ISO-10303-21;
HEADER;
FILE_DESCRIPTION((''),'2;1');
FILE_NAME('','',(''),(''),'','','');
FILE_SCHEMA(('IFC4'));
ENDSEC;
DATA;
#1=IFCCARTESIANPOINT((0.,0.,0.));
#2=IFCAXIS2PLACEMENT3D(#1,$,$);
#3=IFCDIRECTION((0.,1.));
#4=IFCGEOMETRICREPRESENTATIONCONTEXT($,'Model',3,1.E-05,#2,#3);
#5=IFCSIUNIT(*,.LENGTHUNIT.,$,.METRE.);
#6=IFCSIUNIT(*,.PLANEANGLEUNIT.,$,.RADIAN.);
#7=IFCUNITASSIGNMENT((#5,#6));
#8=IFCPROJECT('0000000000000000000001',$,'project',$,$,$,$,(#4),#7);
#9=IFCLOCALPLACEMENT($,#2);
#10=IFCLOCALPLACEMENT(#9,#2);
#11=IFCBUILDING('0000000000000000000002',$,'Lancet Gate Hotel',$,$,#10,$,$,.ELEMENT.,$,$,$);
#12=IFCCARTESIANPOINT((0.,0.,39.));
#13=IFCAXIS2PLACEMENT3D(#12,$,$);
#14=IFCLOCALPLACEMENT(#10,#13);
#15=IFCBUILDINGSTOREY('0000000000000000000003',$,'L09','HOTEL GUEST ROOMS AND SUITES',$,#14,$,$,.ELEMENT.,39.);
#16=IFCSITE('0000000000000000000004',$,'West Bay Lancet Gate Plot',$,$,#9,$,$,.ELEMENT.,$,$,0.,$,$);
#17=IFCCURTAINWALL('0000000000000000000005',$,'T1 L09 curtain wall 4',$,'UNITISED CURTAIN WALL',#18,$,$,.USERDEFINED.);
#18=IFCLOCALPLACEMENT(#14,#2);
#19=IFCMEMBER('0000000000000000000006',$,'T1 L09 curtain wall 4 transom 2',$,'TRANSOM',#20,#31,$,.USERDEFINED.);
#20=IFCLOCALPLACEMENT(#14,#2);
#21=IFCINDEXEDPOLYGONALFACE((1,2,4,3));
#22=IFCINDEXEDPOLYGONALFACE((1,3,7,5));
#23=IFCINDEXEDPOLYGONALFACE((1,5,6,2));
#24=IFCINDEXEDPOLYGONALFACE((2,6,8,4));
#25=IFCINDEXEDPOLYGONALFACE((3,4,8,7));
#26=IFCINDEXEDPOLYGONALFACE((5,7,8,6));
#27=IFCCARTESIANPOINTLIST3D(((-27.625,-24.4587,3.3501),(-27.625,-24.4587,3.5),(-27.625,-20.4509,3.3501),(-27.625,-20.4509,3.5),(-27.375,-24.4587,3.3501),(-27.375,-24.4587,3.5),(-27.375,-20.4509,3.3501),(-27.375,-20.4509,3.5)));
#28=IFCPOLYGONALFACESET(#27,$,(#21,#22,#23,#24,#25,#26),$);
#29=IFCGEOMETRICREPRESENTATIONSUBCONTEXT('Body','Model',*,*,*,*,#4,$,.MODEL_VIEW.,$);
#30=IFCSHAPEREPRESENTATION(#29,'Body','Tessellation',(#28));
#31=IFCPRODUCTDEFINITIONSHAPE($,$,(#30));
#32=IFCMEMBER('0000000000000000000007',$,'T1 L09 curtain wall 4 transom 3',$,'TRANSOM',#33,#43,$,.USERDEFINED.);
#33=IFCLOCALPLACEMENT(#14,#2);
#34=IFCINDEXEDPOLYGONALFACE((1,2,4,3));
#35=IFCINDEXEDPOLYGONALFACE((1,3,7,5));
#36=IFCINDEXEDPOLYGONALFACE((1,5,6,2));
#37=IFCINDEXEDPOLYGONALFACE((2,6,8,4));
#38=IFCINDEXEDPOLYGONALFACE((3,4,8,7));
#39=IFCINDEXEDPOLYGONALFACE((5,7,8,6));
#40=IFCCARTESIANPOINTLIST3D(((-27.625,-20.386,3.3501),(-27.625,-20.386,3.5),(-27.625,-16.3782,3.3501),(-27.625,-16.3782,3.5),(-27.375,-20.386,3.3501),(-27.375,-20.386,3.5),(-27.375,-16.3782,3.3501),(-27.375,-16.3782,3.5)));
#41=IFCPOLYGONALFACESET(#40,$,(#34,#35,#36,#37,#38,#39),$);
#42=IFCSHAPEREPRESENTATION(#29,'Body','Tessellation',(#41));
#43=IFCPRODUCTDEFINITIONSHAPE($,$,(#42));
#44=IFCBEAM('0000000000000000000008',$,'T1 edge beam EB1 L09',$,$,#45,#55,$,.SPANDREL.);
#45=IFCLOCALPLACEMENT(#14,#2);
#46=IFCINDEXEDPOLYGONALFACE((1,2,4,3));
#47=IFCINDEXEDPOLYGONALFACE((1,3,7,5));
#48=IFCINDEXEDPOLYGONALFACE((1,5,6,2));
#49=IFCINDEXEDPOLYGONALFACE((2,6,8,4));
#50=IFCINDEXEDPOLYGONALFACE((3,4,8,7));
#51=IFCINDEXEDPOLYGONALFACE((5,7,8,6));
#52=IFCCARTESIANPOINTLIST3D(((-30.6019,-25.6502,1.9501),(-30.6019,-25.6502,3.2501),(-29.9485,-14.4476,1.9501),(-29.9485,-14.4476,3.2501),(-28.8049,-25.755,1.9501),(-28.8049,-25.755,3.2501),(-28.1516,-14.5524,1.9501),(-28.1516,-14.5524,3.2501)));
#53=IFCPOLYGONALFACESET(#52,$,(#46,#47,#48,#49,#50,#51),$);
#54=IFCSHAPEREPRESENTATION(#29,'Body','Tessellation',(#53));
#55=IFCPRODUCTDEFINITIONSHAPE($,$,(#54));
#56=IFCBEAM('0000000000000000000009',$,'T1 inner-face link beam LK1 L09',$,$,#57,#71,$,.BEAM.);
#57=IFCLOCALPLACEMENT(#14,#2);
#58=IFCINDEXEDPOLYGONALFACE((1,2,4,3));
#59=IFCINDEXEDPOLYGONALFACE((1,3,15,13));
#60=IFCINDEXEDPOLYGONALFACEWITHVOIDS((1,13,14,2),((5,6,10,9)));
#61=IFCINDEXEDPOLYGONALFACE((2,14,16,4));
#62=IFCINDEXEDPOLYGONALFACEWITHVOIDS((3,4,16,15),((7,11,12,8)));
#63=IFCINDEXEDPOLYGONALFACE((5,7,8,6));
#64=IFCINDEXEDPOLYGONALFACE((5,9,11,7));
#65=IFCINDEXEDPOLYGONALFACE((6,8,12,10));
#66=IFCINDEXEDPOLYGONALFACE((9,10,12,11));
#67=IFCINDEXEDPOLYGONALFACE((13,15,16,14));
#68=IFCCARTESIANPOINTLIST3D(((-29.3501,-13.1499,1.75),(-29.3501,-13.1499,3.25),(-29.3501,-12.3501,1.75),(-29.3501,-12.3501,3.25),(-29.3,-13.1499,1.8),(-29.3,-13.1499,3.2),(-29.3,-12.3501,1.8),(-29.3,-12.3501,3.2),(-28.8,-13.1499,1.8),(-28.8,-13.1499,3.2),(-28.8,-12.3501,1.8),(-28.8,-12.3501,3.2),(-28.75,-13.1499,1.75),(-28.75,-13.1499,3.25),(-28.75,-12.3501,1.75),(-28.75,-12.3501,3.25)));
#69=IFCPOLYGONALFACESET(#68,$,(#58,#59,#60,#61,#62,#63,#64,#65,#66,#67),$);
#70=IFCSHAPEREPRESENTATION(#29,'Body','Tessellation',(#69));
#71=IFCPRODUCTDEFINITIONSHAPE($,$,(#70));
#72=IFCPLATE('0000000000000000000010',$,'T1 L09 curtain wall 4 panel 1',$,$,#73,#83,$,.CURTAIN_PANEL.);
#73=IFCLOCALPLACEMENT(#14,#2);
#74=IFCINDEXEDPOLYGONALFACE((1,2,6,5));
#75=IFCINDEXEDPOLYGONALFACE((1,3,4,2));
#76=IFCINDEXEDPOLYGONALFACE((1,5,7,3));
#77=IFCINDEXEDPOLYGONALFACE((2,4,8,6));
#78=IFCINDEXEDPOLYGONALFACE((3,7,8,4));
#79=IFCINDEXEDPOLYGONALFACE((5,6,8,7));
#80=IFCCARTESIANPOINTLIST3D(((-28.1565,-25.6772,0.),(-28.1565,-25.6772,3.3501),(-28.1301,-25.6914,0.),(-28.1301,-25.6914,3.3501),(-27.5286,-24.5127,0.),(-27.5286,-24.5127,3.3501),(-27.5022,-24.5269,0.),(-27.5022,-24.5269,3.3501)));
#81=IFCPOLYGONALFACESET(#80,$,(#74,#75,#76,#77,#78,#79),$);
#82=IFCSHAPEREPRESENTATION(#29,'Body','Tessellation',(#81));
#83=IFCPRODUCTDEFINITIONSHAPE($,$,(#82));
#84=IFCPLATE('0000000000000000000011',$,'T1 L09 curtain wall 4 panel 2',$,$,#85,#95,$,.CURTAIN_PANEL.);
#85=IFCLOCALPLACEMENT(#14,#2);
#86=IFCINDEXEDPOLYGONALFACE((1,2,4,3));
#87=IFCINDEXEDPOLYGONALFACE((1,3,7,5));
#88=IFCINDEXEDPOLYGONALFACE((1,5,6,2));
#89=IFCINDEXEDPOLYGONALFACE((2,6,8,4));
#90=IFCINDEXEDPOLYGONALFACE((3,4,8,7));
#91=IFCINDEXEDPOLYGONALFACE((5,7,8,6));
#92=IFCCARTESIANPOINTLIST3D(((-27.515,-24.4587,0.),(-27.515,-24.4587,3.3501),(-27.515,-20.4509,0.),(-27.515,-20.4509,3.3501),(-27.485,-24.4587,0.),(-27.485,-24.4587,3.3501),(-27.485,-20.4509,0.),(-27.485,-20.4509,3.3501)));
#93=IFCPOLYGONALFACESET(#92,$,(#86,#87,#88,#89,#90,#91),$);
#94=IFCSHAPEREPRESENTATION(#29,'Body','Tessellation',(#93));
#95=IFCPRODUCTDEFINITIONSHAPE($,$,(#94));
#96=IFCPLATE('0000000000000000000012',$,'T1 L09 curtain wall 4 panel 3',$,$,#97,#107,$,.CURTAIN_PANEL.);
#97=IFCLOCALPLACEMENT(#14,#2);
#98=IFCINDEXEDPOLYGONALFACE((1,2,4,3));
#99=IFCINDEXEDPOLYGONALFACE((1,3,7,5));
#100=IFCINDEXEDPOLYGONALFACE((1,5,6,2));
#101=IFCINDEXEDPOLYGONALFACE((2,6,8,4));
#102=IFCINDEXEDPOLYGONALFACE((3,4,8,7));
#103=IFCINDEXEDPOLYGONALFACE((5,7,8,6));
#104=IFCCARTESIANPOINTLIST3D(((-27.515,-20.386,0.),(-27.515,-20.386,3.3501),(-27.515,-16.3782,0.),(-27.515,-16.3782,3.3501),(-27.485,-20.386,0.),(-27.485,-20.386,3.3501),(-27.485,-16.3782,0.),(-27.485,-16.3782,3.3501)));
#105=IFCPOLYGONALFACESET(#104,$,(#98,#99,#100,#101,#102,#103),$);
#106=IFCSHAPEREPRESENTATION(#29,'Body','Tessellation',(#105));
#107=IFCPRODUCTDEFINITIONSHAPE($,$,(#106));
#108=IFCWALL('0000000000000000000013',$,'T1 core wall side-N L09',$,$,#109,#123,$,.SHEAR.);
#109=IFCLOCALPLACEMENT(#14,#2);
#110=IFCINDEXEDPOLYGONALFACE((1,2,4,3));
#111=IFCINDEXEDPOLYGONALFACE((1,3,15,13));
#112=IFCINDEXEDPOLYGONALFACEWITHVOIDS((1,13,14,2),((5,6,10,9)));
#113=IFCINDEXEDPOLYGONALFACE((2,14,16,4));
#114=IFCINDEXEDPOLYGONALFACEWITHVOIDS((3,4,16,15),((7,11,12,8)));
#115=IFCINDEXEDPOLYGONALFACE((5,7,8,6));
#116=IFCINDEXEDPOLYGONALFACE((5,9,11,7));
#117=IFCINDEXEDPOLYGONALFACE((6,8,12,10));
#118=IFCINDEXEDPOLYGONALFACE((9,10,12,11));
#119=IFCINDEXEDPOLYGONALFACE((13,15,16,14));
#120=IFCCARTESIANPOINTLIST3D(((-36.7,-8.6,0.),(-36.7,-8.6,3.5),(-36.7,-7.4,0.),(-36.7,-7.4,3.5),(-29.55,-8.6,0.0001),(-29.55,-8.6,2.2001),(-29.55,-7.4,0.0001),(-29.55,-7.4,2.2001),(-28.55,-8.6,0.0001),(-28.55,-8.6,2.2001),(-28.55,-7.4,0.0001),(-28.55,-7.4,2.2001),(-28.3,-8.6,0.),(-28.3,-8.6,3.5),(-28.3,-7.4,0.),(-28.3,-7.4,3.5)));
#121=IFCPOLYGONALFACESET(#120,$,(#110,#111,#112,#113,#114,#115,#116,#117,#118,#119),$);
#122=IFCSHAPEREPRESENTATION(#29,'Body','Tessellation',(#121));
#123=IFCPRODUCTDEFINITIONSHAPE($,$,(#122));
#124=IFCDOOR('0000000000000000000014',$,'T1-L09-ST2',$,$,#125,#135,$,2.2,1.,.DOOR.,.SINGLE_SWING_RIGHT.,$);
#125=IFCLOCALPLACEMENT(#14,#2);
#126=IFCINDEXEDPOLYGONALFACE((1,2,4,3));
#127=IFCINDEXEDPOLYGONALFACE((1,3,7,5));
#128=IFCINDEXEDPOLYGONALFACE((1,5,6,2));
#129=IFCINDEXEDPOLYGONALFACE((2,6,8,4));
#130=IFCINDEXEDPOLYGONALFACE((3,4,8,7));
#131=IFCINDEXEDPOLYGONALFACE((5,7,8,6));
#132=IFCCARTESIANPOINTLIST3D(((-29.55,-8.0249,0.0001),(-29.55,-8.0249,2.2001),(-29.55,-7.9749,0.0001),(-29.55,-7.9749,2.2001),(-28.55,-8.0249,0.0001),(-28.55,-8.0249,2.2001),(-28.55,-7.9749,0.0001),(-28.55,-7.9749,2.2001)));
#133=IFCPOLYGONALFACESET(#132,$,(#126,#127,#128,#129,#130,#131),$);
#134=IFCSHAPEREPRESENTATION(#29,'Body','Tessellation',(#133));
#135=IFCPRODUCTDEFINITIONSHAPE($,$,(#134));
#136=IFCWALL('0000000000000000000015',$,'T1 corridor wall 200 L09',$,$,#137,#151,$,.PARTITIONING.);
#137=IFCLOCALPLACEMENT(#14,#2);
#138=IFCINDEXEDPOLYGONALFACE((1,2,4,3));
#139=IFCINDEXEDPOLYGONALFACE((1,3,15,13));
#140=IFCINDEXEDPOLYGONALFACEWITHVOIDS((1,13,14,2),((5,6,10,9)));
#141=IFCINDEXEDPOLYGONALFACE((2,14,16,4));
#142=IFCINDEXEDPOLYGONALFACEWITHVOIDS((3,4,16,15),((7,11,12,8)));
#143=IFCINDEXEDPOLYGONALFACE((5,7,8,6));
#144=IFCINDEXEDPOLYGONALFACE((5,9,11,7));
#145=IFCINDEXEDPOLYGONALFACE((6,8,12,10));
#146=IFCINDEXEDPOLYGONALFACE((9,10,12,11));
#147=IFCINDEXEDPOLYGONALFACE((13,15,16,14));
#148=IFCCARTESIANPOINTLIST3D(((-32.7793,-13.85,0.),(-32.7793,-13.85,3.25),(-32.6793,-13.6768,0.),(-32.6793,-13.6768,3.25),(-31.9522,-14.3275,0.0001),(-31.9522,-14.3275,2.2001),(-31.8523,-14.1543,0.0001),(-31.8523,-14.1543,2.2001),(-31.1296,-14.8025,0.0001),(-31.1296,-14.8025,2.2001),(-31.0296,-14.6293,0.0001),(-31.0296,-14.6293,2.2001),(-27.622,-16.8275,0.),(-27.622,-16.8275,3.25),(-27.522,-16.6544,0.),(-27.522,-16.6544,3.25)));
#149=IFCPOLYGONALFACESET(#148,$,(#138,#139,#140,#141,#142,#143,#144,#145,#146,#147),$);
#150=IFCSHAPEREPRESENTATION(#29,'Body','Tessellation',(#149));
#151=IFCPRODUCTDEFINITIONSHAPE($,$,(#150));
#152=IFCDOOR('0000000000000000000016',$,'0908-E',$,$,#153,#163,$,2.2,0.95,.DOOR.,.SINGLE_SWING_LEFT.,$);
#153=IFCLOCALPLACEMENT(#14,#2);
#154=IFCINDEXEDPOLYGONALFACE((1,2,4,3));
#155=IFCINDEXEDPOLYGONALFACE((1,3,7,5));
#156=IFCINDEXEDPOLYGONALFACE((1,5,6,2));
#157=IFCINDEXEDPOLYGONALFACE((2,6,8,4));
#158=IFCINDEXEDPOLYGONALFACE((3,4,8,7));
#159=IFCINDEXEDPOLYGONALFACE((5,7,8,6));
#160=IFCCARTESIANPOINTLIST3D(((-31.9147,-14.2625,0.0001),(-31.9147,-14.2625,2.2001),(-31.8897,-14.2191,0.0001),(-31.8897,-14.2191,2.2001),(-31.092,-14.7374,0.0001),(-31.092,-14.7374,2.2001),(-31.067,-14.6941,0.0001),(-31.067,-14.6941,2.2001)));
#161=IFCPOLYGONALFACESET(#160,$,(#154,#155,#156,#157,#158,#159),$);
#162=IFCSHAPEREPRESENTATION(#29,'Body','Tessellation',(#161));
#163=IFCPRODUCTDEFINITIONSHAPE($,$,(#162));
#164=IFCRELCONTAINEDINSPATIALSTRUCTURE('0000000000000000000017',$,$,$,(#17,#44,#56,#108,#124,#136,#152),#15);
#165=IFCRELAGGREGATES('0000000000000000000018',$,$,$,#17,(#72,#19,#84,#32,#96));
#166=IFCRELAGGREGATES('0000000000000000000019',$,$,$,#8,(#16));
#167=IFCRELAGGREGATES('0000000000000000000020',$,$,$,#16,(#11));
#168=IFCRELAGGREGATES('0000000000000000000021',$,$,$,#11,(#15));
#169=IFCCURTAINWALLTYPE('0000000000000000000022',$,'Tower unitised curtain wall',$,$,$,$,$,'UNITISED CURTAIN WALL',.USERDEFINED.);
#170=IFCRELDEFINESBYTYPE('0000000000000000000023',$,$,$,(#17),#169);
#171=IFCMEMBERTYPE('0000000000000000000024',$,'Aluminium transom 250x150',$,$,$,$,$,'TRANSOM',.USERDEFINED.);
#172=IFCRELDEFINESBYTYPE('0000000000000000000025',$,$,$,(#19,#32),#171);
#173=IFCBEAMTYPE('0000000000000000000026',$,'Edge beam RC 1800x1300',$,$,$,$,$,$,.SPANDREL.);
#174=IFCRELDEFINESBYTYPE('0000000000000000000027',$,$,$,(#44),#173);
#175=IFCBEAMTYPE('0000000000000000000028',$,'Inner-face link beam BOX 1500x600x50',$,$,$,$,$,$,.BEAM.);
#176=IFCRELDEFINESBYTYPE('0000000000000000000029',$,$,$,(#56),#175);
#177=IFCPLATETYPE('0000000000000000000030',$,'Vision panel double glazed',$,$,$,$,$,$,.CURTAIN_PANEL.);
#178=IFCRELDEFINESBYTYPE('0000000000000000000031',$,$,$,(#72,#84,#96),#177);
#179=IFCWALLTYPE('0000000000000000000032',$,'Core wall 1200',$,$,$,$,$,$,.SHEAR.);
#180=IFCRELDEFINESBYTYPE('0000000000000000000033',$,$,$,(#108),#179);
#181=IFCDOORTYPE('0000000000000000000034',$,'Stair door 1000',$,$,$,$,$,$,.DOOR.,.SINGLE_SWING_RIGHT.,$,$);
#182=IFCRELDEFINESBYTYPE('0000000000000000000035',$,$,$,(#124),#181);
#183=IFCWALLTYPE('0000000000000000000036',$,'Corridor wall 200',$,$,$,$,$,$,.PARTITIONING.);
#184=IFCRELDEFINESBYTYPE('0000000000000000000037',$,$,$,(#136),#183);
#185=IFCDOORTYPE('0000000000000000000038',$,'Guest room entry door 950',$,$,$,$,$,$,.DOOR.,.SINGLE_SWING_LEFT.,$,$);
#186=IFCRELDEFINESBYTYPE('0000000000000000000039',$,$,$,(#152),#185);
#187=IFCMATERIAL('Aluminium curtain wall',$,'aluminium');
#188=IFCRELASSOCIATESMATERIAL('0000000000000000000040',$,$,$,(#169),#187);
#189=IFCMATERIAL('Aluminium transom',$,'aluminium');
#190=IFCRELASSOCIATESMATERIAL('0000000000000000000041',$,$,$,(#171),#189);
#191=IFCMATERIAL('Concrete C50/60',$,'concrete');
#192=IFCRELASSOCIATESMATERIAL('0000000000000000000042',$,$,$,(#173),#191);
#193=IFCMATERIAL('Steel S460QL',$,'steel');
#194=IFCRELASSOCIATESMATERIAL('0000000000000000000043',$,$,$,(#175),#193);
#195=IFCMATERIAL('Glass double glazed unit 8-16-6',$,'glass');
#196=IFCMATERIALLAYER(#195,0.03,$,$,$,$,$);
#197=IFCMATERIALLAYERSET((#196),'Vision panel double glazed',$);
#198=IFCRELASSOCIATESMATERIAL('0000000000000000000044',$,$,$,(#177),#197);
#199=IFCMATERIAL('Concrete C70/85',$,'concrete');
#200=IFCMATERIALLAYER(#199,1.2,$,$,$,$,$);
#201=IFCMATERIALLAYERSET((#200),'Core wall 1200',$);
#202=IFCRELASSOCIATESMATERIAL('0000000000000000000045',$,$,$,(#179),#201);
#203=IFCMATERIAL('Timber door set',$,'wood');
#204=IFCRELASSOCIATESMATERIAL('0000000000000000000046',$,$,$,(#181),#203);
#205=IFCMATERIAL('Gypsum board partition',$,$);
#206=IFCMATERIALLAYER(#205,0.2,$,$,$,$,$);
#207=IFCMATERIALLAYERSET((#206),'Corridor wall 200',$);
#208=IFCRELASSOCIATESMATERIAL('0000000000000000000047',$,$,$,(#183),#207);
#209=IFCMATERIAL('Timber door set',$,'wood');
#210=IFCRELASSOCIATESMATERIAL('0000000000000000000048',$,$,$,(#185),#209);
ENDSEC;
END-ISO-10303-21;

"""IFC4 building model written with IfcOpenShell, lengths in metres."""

from ifc_helpers import new_model, si_unit, direction, frame, frame_2d, origin, origin_2d, place, context, subcontext, project, spatial, rectangle, hollow_rectangle, extrude, material, layer, layer_set, material_profile, profile_set, type_object, element, fill, aggregate, save


model = new_model("IFC4")

# Units and contexts
model_context = context("Model", 3, precision=1e-05, world=origin(), true_north=direction((0.0, 1.0)))
body_context = subcontext(model_context, "Body", "Model", "MODEL_VIEW")
ifc_project = project(units=[si_unit("LENGTHUNIT", "METRE"), si_unit("PLANEANGLEUNIT", "RADIAN")], contexts=[model_context])

# Site, building, storey
site_placement = place(None, origin())
site = spatial("IfcSite", under=ifc_project, at=site_placement, Name="West Bay Lancet Gate Plot", CompositionType="ELEMENT", RefElevation=0.0)
building_placement = place(site_placement, origin())
building = spatial("IfcBuilding", under=site, at=building_placement, Name="Lancet Gate Hotel", CompositionType="ELEMENT")
storey_placement = place(building_placement, frame((0.0, 0.0, 39.0)))
storey = spatial("IfcBuildingStorey", under=building, at=storey_placement, Name="L09", Description="HOTEL GUEST ROOMS AND SUITES", CompositionType="ELEMENT", Elevation=39.0)

# Curtain wall, members
ifc_material_1 = material(Name="Aluminium curtain wall", Category="aluminium")
curtain_wall_type = type_object("IfcCurtainWallType", Name="Tower unitised curtain wall", ElementType="UNITISED CURTAIN WALL", PredefinedType="USERDEFINED", material=ifc_material_1)
curtain_wall_placement = place(storey_placement, origin())
curtain_wall = element("IfcCurtainWall", 1, at=curtain_wall_placement, inside=storey, type_object=curtain_wall_type, Name="T1 L09 curtain wall 4", ObjectType="UNITISED CURTAIN WALL", PredefinedType="USERDEFINED")
ifc_material_2 = material(Name="Aluminium transom", Category="aluminium")
ifc_material_profile_1 = material_profile(ifc_material_2, rectangle(XDim=0.25, YDim=0.1499, at=origin_2d()), Name="TRANSOM 250x150")
ifc_profile_set_1 = profile_set([ifc_material_profile_1], Name="Aluminium transom")
member_type_1 = type_object("IfcMemberType", Name="Aluminium transom 250x150", ElementType="TRANSOM", PredefinedType="USERDEFINED", material=ifc_profile_set_1)
member_1_placement = place(storey_placement, frame((-27.5, -24.4587, 3.425), z_axis=(0.0, 1.0, 0.0), x_axis=(-1.0, 0.0, 0.0)))
member_1 = element("IfcMember", 2, at=member_1_placement, type_object=member_type_1, Name="T1 L09 curtain wall 4 transom 2", ObjectType="TRANSOM", PredefinedType="USERDEFINED", context=body_context, shape_type="SweptSolid", body=[
    extrude(rectangle(XDim=0.25, YDim=0.1499, at=origin_2d()), origin(), (0.0, 0.0, 1.0), 4.0078),
])
member_2_placement = place(storey_placement, frame((-27.5, -20.386, 3.425), z_axis=(0.0, 1.0, 0.0), x_axis=(-1.0, 0.0, 0.0)))
member_2 = element("IfcMember", 3, at=member_2_placement, type_object=member_type_1, Name="T1 L09 curtain wall 4 transom 3", ObjectType="TRANSOM", PredefinedType="USERDEFINED", context=body_context, shape_type="SweptSolid", body=[
    extrude(rectangle(XDim=0.25, YDim=0.1499, at=origin_2d()), origin(), (0.0, 0.0, 1.0), 4.0078),
])

# Beams
ifc_material_3 = material(Name="Concrete C50/60", Category="concrete")
ifc_material_profile_2 = material_profile(ifc_material_3, rectangle(XDim=1.8, YDim=1.3, at=origin_2d()), Name="RC 1800x1300")
ifc_profile_set_2 = profile_set([ifc_material_profile_2], Name="Concrete C50/60")
beam_type_1 = type_object("IfcBeamType", Name="Edge beam RC 1800x1300", PredefinedType="SPANDREL", material=ifc_profile_set_2)
beam_1_placement = place(storey_placement, frame((-29.05, -14.5, 2.6001), z_axis=(-0.05822, -0.998304, 0.0), x_axis=(0.998304, -0.05822, 0.0)))
element("IfcBeam", 4, at=beam_1_placement, inside=storey, type_object=beam_type_1, Name="T1 edge beam EB1 L09", PredefinedType="SPANDREL", context=body_context, shape_type="SweptSolid", body=[
    extrude(rectangle(XDim=1.8, YDim=1.3, at=origin_2d()), origin(), (0.0, 0.0, 1.0), 11.2217),
])
ifc_material_4 = material(Name="Steel S460QL", Category="steel")
ifc_material_profile_3 = material_profile(ifc_material_4, hollow_rectangle(XDim=0.6001, YDim=1.5, WallThickness=0.05, at=origin_2d()), Name="BOX 1500x600x50")
ifc_profile_set_3 = profile_set([ifc_material_profile_3], Name="Steel S460QL")
beam_type_2 = type_object("IfcBeamType", Name="Inner-face link beam BOX 1500x600x50", PredefinedType="BEAM", material=ifc_profile_set_3)
beam_2_placement = place(storey_placement, frame((-29.05, -12.3501, 2.5), z_axis=(0.0, -1.0, 0.0), x_axis=(1.0, 0.0, 0.0)))
element("IfcBeam", 5, at=beam_2_placement, inside=storey, type_object=beam_type_2, Name="T1 inner-face link beam LK1 L09", PredefinedType="BEAM", context=body_context, shape_type="SweptSolid", body=[
    extrude(hollow_rectangle(XDim=0.6001, YDim=1.5, WallThickness=0.05, at=origin_2d()), origin(), (0.0, 0.0, 1.0), 0.7998),
])

# Plates
ifc_material_5 = material(Name="Glass double glazed unit 8-16-6", Category="glass")
ifc_layer_1 = layer(ifc_material_5, 0.03)
ifc_layer_set_1 = layer_set([ifc_layer_1], Name="Vision panel double glazed")
plate_type = type_object("IfcPlateType", Name="Vision panel double glazed", PredefinedType="CURTAIN_PANEL", material=ifc_layer_set_1)
plate_1_placement = place(storey_placement, frame((-27.8293, -25.1021, 0.0), z_axis=(0.0, 0.0, 1.0), x_axis=(0.474631, 0.880185, 0.0)))
plate_1 = element("IfcPlate", 6, at=plate_1_placement, type_object=plate_type, Name="T1 L09 curtain wall 4 panel 1", PredefinedType="CURTAIN_PANEL", context=body_context, shape_type="SweptSolid", body=[
    extrude(rectangle(XDim=1.323, YDim=0.03, at=origin_2d()), origin(), (0.0, 0.0, 1.0), 3.3501),
])
plate_2_placement = place(storey_placement, frame((-27.5, -22.4548, 0.0), z_axis=(0.0, 0.0, 1.0), x_axis=(0.0, 1.0, 0.0)))
plate_2 = element("IfcPlate", 7, at=plate_2_placement, type_object=plate_type, Name="T1 L09 curtain wall 4 panel 2", PredefinedType="CURTAIN_PANEL", context=body_context, shape_type="SweptSolid", body=[
    extrude(rectangle(XDim=4.0078, YDim=0.03, at=origin_2d()), origin(), (0.0, 0.0, 1.0), 3.3501),
])
plate_3_placement = place(storey_placement, frame((-27.5, -18.3821, 0.0), z_axis=(0.0, 0.0, 1.0), x_axis=(0.0, 1.0, 0.0)))
plate_3 = element("IfcPlate", 8, at=plate_3_placement, type_object=plate_type, Name="T1 L09 curtain wall 4 panel 3", PredefinedType="CURTAIN_PANEL", context=body_context, shape_type="SweptSolid", body=[
    extrude(rectangle(XDim=4.0078, YDim=0.03, at=origin_2d()), origin(), (0.0, 0.0, 1.0), 3.3501),
])
aggregate(curtain_wall, [plate_1, member_1, plate_2, member_2, plate_3])

# Walls, openings, doors
ifc_material_6 = material(Name="Concrete C70/85", Category="concrete")
ifc_layer_2 = layer(ifc_material_6, 1.2)
ifc_layer_set_2 = layer_set([ifc_layer_2], Name="Core wall 1200")
wall_type_1 = type_object("IfcWallType", Name="Core wall 1200", PredefinedType="SHEAR", material=ifc_layer_set_2)
wall_1_placement = place(storey_placement, frame((-28.3, -8.0, 0.0), z_axis=(0.0, 0.0, 1.0), x_axis=(-1.0, 0.0, 0.0)))
wall_1 = element("IfcWall", 9, at=wall_1_placement, inside=storey, type_object=wall_type_1, Name="T1 core wall side-N L09", PredefinedType="SHEAR", context=body_context, shape_type="SweptSolid", body=[
    extrude(rectangle(XDim=8.3999, YDim=1.2, at=frame_2d((4.2, 0.0))), origin(), (0.0, 0.0, 1.0), 3.5),
])
opening_1_placement = place(wall_1_placement, frame((0.25, 0.0, 0.0)))
opening_1 = element("IfcOpeningElement", 10, at=opening_1_placement, cuts=wall_1, PredefinedType="OPENING", context=body_context, shape_type="SweptSolid", body=[
    extrude(rectangle(XDim=1.0, YDim=2.2, at=frame_2d((0.5, 1.1001))), frame((0.0, 0.6099, 0.0), z_axis=(0.0, -1.0, 0.0), x_axis=(1.0, 0.0, 0.0)), (0.0, 0.0, 1.0), 1.22),
])
ifc_material_7 = material(Name="Timber door set", Category="wood")
door_type_1 = type_object("IfcDoorType", Name="Stair door 1000", OperationType="SINGLE_SWING_RIGHT", PredefinedType="DOOR", material=ifc_material_7)
door_1_placement = place(opening_1_placement, origin())
door_1 = element("IfcDoor", 11, at=door_1_placement, inside=storey, type_object=door_type_1, Name="T1-L09-ST2", OperationType="SINGLE_SWING_RIGHT", OverallHeight=2.2, OverallWidth=1.0, PredefinedType="DOOR", context=body_context, shape_type="SweptSolid", body=[
    extrude(rectangle(XDim=1.0, YDim=2.2, at=frame_2d((0.5, 1.1001))), frame((0.0, 0.0249, 0.0), z_axis=(0.0, -1.0, 0.0), x_axis=(1.0, 0.0, 0.0)), (0.0, 0.0, 1.0), 0.05),
])
fill(opening_1, door_1)
ifc_material_8 = material(Name="Gypsum board partition")
ifc_layer_3 = layer(ifc_material_8, 0.2)
ifc_layer_set_3 = layer_set([ifc_layer_3], Name="Corridor wall 200")
wall_type_2 = type_object("IfcWallType", Name="Corridor wall 200", PredefinedType="PARTITIONING", material=ifc_layer_set_3)
wall_2_placement = place(storey_placement, frame((-27.572, -16.741, 0.0), z_axis=(0.0, 0.0, 1.0), x_axis=(-0.866024, 0.500002, 0.0)))
wall_2 = element("IfcWall", 12, at=wall_2_placement, inside=storey, type_object=wall_type_2, Name="T1 corridor wall 200 L09", PredefinedType="PARTITIONING", context=body_context, shape_type="SweptSolid", body=[
    extrude(rectangle(XDim=5.9551, YDim=0.2, at=frame_2d((2.9775, 0.0))), origin(), (0.0, 0.0, 1.0), 3.25),
])
opening_2_placement = place(wall_2_placement, frame((4.05, 0.0, 0.0)))
opening_2 = element("IfcOpeningElement", 13, at=opening_2_placement, cuts=wall_2, PredefinedType="OPENING", context=body_context, shape_type="SweptSolid", body=[
    extrude(rectangle(XDim=0.95, YDim=2.2, at=frame_2d((0.4751, 1.1001))), frame((0.0, 0.1099, 0.0), z_axis=(0.0, -1.0, 0.0), x_axis=(1.0, 0.0, 0.0)), (0.0, 0.0, 1.0), 0.22),
])
ifc_material_9 = material(Name="Timber door set", Category="wood")
door_type_2 = type_object("IfcDoorType", Name="Guest room entry door 950", OperationType="SINGLE_SWING_LEFT", PredefinedType="DOOR", material=ifc_material_9)
door_2_placement = place(opening_2_placement, origin())
door_2 = element("IfcDoor", 14, at=door_2_placement, inside=storey, type_object=door_type_2, Name="0908-E", OperationType="SINGLE_SWING_LEFT", OverallHeight=2.2, OverallWidth=0.95, PredefinedType="DOOR", context=body_context, shape_type="SweptSolid", body=[
    extrude(rectangle(XDim=0.95, YDim=2.2, at=frame_2d((0.4751, 1.1001))), frame((0.0, 0.0249, 0.0), z_axis=(0.0, -1.0, 0.0), x_axis=(1.0, 0.0, 0.0)), (0.0, 0.0, 1.0), 0.05),
])
fill(opening_2, door_2)

save(model, "model.ifc")
